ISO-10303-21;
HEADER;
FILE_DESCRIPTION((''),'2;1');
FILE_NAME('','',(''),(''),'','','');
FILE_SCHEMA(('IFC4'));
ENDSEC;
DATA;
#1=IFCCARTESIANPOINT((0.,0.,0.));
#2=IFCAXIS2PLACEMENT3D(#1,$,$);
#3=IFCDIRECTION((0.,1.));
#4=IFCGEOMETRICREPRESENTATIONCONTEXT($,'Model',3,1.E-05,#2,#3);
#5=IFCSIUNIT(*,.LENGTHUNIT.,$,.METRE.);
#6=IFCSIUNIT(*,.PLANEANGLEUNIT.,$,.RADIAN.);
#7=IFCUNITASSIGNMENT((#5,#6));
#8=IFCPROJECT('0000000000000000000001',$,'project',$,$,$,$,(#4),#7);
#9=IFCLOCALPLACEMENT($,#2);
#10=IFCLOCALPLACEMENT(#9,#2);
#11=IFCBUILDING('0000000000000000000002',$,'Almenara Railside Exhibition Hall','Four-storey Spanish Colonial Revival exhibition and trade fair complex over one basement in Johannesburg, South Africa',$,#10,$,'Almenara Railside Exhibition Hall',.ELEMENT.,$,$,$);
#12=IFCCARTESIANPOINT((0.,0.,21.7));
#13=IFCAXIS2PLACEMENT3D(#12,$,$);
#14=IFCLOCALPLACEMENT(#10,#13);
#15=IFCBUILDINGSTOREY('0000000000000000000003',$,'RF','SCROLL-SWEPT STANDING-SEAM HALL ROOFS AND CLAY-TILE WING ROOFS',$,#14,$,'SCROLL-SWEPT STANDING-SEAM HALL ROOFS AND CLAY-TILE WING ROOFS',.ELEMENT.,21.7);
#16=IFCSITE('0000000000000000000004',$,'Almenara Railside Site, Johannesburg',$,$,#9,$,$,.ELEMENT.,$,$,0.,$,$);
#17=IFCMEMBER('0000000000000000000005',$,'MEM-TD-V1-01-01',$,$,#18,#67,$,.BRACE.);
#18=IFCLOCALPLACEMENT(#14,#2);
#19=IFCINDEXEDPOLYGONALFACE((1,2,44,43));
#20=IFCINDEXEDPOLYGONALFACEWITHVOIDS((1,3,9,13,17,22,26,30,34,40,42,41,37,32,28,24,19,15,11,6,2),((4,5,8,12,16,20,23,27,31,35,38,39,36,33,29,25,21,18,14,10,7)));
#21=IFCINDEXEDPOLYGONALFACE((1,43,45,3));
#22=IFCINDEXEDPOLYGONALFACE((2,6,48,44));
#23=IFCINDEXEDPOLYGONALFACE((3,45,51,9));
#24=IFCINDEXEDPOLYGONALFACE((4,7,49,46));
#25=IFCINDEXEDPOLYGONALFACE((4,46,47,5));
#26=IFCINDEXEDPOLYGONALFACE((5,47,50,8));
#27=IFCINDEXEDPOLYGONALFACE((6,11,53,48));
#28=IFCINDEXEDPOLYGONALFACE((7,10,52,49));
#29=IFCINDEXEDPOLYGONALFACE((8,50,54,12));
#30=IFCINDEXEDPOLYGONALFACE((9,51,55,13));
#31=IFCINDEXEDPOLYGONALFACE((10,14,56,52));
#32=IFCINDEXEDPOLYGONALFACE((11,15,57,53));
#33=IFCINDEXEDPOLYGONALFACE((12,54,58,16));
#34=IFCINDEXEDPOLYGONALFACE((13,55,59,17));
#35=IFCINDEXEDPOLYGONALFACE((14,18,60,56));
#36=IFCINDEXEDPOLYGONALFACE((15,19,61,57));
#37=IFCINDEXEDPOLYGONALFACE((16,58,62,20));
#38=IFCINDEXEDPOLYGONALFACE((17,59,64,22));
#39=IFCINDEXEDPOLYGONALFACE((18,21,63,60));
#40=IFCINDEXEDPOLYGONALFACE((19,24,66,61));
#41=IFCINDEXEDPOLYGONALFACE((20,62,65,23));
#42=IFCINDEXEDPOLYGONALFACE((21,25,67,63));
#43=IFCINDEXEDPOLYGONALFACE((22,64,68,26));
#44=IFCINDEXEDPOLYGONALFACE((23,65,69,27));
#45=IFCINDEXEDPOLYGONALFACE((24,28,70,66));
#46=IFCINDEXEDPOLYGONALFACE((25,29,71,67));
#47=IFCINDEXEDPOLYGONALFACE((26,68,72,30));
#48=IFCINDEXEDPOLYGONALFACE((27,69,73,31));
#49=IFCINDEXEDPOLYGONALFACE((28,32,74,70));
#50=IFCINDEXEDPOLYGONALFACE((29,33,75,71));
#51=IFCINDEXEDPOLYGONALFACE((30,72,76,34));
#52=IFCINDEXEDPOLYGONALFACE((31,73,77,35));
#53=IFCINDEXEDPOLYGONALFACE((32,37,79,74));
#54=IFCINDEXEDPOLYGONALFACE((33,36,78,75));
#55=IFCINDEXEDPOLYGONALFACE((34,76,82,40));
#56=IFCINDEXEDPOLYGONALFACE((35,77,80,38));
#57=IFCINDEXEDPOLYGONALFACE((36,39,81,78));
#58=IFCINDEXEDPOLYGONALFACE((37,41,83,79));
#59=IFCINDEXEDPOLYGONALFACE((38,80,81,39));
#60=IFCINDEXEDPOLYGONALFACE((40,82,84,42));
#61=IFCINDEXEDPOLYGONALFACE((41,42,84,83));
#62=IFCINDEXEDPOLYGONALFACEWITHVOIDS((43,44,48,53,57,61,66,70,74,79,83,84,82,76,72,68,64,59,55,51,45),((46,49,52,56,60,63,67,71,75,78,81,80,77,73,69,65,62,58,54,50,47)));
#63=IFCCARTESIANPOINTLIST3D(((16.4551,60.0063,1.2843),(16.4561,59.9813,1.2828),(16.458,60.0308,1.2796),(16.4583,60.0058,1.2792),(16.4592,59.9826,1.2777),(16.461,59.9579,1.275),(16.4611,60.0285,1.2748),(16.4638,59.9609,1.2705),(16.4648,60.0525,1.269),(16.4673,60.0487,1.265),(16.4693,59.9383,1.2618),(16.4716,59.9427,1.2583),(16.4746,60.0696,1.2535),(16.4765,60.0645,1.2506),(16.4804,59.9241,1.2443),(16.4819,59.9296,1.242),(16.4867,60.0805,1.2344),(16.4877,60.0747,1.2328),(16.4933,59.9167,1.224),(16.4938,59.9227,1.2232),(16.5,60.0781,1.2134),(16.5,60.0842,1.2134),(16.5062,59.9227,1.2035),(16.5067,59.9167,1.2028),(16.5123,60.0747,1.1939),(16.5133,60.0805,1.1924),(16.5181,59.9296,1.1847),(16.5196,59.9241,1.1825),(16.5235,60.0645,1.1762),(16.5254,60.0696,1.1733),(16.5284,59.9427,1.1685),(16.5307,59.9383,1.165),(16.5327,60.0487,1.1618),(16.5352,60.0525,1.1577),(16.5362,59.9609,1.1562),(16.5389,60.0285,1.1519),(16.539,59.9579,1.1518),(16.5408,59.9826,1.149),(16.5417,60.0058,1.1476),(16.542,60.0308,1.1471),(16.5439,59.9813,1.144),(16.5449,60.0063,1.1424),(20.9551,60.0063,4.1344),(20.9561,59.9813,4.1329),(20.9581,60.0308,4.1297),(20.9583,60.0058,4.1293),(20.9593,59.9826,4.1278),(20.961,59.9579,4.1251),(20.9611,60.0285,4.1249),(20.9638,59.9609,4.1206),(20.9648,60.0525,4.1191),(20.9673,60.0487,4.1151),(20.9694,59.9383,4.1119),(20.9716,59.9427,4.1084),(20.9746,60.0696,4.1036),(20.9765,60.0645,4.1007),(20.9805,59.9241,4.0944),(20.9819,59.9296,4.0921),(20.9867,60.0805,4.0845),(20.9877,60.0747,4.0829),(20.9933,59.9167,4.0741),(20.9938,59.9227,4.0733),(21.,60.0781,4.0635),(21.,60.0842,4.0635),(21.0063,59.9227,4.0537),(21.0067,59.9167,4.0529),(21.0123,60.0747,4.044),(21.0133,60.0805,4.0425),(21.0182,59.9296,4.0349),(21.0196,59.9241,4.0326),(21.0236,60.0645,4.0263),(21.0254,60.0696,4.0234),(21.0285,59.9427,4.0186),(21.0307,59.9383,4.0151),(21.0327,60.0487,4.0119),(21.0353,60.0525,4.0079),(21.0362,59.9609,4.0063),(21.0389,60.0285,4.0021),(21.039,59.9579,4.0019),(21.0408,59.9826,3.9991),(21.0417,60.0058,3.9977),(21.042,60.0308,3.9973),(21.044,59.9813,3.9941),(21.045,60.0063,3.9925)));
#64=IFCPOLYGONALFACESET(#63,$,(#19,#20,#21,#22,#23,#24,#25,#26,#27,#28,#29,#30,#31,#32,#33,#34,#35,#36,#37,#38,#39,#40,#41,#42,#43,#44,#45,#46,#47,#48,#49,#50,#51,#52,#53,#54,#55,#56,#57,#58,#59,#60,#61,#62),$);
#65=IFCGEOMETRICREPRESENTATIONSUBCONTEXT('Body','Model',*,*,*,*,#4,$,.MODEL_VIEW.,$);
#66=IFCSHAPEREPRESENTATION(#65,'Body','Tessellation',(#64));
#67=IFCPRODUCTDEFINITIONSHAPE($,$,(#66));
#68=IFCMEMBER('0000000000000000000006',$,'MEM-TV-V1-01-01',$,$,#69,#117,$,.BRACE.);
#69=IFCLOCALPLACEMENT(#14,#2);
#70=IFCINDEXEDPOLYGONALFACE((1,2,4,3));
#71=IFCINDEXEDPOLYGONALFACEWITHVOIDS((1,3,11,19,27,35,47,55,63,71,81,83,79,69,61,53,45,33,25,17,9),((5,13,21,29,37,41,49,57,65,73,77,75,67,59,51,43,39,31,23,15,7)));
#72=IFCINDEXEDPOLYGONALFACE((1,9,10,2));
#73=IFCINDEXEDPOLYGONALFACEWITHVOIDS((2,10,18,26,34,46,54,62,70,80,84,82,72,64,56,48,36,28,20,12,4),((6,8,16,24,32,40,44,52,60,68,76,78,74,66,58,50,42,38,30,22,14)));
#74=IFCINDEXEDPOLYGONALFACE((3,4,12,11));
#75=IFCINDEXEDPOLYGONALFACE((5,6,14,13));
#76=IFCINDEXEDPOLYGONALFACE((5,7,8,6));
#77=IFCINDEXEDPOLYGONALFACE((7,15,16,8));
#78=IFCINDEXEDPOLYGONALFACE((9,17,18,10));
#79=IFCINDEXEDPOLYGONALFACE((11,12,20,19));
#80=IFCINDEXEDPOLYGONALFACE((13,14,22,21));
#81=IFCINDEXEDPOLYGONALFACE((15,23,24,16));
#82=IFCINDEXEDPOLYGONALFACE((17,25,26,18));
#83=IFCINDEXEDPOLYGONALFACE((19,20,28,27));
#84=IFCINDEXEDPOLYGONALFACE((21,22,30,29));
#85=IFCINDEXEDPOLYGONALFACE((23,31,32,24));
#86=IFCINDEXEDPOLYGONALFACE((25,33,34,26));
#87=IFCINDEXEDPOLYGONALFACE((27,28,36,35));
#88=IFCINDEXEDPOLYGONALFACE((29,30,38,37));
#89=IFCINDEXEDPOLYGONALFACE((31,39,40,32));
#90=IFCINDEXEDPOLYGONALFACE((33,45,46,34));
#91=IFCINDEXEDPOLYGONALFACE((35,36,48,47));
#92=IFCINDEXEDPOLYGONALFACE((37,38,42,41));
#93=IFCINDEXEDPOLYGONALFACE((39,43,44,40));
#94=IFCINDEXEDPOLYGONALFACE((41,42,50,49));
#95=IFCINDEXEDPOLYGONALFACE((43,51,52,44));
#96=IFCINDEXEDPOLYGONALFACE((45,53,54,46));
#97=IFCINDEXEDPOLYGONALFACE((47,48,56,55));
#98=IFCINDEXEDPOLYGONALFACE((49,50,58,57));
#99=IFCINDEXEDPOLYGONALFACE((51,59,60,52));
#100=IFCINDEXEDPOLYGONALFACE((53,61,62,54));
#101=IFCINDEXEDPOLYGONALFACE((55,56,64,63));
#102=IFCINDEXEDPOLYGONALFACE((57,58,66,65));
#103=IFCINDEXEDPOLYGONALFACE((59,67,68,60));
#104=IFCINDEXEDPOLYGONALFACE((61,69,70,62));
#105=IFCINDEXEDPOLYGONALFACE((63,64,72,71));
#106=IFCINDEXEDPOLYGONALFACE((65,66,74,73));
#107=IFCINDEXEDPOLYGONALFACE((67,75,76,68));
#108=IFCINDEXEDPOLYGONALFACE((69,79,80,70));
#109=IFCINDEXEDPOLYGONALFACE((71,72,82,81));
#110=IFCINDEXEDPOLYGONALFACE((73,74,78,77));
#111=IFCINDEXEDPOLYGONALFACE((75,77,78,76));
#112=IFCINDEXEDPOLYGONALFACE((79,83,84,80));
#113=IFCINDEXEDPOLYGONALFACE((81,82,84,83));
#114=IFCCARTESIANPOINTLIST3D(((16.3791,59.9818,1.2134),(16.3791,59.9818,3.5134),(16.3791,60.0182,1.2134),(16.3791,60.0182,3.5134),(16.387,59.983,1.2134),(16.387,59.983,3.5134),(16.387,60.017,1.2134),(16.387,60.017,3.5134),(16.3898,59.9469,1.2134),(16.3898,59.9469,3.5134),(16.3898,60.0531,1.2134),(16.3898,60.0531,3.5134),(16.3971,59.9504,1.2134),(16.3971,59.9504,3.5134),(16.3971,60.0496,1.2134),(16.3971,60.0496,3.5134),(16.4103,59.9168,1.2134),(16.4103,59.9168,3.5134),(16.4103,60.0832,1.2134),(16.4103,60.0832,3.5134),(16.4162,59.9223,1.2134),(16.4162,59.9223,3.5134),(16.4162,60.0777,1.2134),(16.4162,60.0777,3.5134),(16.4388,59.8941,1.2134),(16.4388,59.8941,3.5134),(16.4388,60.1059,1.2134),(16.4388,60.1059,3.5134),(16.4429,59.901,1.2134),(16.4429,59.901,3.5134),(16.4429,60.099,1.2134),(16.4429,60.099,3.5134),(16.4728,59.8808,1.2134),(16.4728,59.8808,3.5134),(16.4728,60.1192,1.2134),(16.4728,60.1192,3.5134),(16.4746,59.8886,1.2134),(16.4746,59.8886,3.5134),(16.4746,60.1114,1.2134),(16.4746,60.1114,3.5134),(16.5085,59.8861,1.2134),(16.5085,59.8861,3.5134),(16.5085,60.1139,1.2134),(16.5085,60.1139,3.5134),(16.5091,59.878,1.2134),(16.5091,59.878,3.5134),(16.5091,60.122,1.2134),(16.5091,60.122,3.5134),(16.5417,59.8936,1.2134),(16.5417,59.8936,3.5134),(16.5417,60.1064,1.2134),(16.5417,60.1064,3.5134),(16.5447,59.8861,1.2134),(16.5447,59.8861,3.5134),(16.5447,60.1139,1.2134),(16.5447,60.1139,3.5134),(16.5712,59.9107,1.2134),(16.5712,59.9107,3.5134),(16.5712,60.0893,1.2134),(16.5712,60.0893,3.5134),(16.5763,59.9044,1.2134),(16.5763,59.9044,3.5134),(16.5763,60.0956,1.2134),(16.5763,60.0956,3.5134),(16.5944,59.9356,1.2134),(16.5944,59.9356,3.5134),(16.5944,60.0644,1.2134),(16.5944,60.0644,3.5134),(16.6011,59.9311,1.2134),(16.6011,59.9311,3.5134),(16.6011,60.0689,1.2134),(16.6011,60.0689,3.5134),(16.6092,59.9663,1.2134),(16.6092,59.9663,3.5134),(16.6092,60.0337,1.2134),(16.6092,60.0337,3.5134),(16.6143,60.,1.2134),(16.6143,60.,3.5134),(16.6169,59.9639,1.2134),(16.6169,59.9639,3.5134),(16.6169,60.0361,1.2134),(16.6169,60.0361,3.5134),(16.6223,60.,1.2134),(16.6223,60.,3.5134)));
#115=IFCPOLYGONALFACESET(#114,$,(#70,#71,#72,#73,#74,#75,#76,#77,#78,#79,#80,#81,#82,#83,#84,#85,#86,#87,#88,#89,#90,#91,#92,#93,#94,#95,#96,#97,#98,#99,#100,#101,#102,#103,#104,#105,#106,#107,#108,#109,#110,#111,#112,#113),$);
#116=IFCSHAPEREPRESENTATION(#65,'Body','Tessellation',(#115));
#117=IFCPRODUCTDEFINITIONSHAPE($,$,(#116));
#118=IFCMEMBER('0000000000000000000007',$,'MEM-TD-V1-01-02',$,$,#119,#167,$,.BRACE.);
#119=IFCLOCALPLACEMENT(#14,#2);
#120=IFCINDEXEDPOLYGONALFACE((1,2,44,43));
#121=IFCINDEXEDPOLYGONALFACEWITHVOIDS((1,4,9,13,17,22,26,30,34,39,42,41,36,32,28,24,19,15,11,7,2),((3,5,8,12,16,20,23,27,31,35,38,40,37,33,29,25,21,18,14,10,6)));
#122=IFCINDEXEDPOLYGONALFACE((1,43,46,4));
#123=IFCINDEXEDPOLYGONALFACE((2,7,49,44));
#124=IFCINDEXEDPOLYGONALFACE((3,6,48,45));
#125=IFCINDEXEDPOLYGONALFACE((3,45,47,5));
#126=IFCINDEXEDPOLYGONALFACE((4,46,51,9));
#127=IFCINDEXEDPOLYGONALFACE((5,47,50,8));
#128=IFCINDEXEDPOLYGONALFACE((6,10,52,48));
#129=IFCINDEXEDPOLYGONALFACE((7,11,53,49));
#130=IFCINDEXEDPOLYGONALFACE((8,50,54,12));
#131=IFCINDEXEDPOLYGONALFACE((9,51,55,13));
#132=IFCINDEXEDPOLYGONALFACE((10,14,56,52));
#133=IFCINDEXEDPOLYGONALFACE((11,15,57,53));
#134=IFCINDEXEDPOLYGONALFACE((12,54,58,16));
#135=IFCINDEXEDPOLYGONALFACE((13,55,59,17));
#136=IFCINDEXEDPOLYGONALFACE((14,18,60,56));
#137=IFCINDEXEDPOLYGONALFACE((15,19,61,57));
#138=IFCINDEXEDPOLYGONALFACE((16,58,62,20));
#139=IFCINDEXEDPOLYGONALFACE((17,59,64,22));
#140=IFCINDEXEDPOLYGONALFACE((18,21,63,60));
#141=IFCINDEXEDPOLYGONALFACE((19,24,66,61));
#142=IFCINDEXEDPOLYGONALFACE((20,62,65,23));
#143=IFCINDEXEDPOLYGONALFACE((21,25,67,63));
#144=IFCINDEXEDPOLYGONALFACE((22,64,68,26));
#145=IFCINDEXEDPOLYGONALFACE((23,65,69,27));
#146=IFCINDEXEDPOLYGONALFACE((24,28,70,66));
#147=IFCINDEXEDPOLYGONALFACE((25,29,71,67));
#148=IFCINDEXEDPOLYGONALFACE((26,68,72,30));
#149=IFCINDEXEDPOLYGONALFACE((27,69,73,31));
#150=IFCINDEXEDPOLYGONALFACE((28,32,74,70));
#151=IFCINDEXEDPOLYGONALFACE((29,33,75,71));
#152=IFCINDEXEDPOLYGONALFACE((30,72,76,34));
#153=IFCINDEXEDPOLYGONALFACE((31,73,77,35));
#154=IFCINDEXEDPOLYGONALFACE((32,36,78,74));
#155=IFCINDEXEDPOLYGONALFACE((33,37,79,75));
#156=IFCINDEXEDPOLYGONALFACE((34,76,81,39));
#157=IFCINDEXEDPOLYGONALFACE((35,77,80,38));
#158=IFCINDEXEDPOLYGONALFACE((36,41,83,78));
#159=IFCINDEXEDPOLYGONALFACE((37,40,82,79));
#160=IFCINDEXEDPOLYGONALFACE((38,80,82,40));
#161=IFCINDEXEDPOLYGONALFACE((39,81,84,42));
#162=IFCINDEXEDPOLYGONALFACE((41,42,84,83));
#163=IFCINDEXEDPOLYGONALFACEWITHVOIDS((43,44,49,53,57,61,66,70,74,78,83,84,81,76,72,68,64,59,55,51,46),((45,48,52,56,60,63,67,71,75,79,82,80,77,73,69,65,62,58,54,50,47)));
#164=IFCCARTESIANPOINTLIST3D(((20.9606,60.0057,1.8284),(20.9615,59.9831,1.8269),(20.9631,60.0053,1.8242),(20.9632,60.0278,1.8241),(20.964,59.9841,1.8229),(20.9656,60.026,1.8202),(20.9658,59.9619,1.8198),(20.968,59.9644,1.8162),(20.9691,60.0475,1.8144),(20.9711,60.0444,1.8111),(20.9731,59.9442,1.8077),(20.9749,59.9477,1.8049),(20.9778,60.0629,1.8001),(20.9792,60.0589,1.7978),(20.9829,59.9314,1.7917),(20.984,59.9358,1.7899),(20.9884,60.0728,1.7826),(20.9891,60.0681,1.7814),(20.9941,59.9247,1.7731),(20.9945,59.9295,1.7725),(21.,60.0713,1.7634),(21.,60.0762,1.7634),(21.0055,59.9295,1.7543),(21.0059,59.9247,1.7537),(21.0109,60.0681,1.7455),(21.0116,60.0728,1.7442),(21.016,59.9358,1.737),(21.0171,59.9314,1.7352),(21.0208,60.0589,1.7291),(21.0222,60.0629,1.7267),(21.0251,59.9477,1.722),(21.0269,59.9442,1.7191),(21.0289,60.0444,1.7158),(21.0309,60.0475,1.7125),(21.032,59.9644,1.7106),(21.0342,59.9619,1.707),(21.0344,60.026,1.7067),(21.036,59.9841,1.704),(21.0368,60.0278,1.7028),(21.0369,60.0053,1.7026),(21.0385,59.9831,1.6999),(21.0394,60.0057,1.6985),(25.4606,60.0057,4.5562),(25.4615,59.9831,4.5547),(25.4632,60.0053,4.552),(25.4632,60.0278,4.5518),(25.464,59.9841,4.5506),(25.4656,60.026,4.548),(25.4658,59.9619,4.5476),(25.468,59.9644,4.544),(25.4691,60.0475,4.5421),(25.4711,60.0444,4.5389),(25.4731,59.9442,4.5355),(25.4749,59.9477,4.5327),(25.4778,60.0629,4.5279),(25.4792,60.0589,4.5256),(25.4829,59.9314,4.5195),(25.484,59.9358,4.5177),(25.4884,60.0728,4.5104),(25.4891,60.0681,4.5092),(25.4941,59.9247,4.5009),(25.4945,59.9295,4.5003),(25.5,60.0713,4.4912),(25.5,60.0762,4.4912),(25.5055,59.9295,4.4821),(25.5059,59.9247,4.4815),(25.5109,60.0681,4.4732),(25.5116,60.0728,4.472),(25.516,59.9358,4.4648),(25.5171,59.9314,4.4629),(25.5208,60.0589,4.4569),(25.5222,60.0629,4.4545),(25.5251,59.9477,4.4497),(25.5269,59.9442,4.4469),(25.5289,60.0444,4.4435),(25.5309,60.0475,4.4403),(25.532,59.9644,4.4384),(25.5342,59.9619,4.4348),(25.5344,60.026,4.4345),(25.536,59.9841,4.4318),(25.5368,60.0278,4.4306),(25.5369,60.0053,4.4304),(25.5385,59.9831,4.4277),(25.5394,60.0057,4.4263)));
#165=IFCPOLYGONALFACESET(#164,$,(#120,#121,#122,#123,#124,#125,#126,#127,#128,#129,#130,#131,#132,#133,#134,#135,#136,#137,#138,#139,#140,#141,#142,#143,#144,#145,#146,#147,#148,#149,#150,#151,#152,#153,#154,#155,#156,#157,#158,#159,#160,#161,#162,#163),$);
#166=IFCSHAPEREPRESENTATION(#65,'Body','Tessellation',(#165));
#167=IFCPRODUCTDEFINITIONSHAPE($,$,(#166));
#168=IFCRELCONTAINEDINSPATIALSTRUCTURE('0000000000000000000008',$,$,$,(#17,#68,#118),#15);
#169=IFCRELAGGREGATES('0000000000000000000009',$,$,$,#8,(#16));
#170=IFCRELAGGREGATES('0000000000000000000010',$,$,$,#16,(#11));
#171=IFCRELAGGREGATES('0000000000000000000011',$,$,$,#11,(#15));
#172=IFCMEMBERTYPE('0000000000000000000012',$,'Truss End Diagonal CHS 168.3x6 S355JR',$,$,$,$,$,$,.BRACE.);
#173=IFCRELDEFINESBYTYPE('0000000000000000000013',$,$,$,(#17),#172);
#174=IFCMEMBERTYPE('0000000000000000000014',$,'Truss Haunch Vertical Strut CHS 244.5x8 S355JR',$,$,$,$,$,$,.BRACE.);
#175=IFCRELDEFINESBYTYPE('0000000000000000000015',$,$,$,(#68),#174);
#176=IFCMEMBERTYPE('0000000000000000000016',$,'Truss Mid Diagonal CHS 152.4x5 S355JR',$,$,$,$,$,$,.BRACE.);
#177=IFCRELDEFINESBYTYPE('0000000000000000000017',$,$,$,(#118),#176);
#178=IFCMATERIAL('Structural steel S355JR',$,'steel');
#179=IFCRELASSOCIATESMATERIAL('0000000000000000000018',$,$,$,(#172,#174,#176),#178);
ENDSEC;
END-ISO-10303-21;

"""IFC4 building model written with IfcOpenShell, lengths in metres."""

from ifc_helpers import new_model, si_unit, direction, frame, origin, origin_2d, place, context, subcontext, project, spatial, hollow_circle, extrude, material, material_profile, profile_set, type_object, element, save


model = new_model("IFC4")

# Units and contexts
model_context = context("Model", 3, precision=1e-05, world=origin(), true_north=direction((0.0, 1.0)))
body_context = subcontext(model_context, "Body", "Model", "MODEL_VIEW")
ifc_project = project(units=[si_unit("LENGTHUNIT", "METRE"), si_unit("PLANEANGLEUNIT", "RADIAN")], contexts=[model_context])

# Site, building, storey
site_placement = place(None, origin())
site = spatial("IfcSite", under=ifc_project, at=site_placement, Name="Almenara Railside Site, Johannesburg", CompositionType="ELEMENT", RefElevation=0.0)
building_placement = place(site_placement, origin())
building = spatial("IfcBuilding", under=site, at=building_placement, Name="Almenara Railside Exhibition Hall", Description="Four-storey Spanish Colonial Revival exhibition and trade fair complex over one basement in Johannesburg, South Africa", LongName="Almenara Railside Exhibition Hall", CompositionType="ELEMENT")
storey_placement = place(building_placement, frame((0.0, 0.0, 21.7)))
storey = spatial("IfcBuildingStorey", under=building, at=storey_placement, Name="RF", Description="SCROLL-SWEPT STANDING-SEAM HALL ROOFS AND CLAY-TILE WING ROOFS", LongName="SCROLL-SWEPT STANDING-SEAM HALL ROOFS AND CLAY-TILE WING ROOFS", CompositionType="ELEMENT", Elevation=21.7)

# Shared definitions
ifc_material_1 = material(Name="Structural steel S355JR", Category="steel")

# Members
ifc_material_profile_1 = material_profile(ifc_material_1, hollow_circle(Radius=0.0842, WallThickness=0.0061, at=origin_2d()), Name="CHS 168.3x6")
ifc_profile_set_1 = profile_set([ifc_material_profile_1], Name="Structural steel S355JR")
member_type_1 = type_object("IfcMemberType", Name="Truss End Diagonal CHS 168.3x6 S355JR", PredefinedType="BRACE", material=ifc_profile_set_1)
member_1_placement = place(storey_placement, frame((16.5, 60.0, 1.2134), z_axis=(0.844811, 0.0, 0.535065), x_axis=(0.0, 1.0, 0.0)))
element("IfcMember", 1, at=member_1_placement, inside=storey, type_object=member_type_1, Name="MEM-TD-V1-01-01", PredefinedType="BRACE", context=body_context, shape_type="SweptSolid", body=[
    extrude(hollow_circle(Radius=0.0842, WallThickness=0.0061, at=origin_2d()), origin(), (0.0, 0.0, 1.0), 5.3267),
])
ifc_material_profile_2 = material_profile(ifc_material_1, hollow_circle(Radius=0.1223, WallThickness=0.0081, at=origin_2d()), Name="CHS 244.5x8")
ifc_profile_set_2 = profile_set([ifc_material_profile_2], Name="Structural steel S355JR")
member_type_2 = type_object("IfcMemberType", Name="Truss Haunch Vertical Strut CHS 244.5x8 S355JR", PredefinedType="BRACE", material=ifc_profile_set_2)
member_2_placement = place(storey_placement, frame((16.5, 60.0, 1.2134), z_axis=(0.0, 0.0, 1.0), x_axis=(1.0, 0.0, 0.0)))
element("IfcMember", 2, at=member_2_placement, inside=storey, type_object=member_type_2, Name="MEM-TV-V1-01-01", PredefinedType="BRACE", context=body_context, shape_type="SweptSolid", body=[
    extrude(hollow_circle(Radius=0.1223, WallThickness=0.0081, at=origin_2d()), origin(), (0.0, 0.0, 1.0), 2.3),
])
ifc_material_profile_3 = material_profile(ifc_material_1, hollow_circle(Radius=0.0762, WallThickness=0.0049, at=origin_2d()), Name="CHS 152.4x5")
ifc_profile_set_3 = profile_set([ifc_material_profile_3], Name="Structural steel S355JR")
member_type_3 = type_object("IfcMemberType", Name="Truss Mid Diagonal CHS 152.4x5 S355JR", PredefinedType="BRACE", material=ifc_profile_set_3)
member_3_placement = place(storey_placement, frame((21.0, 60.0, 1.7634), z_axis=(0.855155, 0.0, 0.518373), x_axis=(0.0, 1.0, 0.0)))
element("IfcMember", 3, at=member_3_placement, inside=storey, type_object=member_type_3, Name="MEM-TD-V1-01-02", PredefinedType="BRACE", context=body_context, shape_type="SweptSolid", body=[
    extrude(hollow_circle(Radius=0.0762, WallThickness=0.0049, at=origin_2d()), origin(), (0.0, 0.0, 1.0), 5.2622),
])

save(model, "model.ifc")
